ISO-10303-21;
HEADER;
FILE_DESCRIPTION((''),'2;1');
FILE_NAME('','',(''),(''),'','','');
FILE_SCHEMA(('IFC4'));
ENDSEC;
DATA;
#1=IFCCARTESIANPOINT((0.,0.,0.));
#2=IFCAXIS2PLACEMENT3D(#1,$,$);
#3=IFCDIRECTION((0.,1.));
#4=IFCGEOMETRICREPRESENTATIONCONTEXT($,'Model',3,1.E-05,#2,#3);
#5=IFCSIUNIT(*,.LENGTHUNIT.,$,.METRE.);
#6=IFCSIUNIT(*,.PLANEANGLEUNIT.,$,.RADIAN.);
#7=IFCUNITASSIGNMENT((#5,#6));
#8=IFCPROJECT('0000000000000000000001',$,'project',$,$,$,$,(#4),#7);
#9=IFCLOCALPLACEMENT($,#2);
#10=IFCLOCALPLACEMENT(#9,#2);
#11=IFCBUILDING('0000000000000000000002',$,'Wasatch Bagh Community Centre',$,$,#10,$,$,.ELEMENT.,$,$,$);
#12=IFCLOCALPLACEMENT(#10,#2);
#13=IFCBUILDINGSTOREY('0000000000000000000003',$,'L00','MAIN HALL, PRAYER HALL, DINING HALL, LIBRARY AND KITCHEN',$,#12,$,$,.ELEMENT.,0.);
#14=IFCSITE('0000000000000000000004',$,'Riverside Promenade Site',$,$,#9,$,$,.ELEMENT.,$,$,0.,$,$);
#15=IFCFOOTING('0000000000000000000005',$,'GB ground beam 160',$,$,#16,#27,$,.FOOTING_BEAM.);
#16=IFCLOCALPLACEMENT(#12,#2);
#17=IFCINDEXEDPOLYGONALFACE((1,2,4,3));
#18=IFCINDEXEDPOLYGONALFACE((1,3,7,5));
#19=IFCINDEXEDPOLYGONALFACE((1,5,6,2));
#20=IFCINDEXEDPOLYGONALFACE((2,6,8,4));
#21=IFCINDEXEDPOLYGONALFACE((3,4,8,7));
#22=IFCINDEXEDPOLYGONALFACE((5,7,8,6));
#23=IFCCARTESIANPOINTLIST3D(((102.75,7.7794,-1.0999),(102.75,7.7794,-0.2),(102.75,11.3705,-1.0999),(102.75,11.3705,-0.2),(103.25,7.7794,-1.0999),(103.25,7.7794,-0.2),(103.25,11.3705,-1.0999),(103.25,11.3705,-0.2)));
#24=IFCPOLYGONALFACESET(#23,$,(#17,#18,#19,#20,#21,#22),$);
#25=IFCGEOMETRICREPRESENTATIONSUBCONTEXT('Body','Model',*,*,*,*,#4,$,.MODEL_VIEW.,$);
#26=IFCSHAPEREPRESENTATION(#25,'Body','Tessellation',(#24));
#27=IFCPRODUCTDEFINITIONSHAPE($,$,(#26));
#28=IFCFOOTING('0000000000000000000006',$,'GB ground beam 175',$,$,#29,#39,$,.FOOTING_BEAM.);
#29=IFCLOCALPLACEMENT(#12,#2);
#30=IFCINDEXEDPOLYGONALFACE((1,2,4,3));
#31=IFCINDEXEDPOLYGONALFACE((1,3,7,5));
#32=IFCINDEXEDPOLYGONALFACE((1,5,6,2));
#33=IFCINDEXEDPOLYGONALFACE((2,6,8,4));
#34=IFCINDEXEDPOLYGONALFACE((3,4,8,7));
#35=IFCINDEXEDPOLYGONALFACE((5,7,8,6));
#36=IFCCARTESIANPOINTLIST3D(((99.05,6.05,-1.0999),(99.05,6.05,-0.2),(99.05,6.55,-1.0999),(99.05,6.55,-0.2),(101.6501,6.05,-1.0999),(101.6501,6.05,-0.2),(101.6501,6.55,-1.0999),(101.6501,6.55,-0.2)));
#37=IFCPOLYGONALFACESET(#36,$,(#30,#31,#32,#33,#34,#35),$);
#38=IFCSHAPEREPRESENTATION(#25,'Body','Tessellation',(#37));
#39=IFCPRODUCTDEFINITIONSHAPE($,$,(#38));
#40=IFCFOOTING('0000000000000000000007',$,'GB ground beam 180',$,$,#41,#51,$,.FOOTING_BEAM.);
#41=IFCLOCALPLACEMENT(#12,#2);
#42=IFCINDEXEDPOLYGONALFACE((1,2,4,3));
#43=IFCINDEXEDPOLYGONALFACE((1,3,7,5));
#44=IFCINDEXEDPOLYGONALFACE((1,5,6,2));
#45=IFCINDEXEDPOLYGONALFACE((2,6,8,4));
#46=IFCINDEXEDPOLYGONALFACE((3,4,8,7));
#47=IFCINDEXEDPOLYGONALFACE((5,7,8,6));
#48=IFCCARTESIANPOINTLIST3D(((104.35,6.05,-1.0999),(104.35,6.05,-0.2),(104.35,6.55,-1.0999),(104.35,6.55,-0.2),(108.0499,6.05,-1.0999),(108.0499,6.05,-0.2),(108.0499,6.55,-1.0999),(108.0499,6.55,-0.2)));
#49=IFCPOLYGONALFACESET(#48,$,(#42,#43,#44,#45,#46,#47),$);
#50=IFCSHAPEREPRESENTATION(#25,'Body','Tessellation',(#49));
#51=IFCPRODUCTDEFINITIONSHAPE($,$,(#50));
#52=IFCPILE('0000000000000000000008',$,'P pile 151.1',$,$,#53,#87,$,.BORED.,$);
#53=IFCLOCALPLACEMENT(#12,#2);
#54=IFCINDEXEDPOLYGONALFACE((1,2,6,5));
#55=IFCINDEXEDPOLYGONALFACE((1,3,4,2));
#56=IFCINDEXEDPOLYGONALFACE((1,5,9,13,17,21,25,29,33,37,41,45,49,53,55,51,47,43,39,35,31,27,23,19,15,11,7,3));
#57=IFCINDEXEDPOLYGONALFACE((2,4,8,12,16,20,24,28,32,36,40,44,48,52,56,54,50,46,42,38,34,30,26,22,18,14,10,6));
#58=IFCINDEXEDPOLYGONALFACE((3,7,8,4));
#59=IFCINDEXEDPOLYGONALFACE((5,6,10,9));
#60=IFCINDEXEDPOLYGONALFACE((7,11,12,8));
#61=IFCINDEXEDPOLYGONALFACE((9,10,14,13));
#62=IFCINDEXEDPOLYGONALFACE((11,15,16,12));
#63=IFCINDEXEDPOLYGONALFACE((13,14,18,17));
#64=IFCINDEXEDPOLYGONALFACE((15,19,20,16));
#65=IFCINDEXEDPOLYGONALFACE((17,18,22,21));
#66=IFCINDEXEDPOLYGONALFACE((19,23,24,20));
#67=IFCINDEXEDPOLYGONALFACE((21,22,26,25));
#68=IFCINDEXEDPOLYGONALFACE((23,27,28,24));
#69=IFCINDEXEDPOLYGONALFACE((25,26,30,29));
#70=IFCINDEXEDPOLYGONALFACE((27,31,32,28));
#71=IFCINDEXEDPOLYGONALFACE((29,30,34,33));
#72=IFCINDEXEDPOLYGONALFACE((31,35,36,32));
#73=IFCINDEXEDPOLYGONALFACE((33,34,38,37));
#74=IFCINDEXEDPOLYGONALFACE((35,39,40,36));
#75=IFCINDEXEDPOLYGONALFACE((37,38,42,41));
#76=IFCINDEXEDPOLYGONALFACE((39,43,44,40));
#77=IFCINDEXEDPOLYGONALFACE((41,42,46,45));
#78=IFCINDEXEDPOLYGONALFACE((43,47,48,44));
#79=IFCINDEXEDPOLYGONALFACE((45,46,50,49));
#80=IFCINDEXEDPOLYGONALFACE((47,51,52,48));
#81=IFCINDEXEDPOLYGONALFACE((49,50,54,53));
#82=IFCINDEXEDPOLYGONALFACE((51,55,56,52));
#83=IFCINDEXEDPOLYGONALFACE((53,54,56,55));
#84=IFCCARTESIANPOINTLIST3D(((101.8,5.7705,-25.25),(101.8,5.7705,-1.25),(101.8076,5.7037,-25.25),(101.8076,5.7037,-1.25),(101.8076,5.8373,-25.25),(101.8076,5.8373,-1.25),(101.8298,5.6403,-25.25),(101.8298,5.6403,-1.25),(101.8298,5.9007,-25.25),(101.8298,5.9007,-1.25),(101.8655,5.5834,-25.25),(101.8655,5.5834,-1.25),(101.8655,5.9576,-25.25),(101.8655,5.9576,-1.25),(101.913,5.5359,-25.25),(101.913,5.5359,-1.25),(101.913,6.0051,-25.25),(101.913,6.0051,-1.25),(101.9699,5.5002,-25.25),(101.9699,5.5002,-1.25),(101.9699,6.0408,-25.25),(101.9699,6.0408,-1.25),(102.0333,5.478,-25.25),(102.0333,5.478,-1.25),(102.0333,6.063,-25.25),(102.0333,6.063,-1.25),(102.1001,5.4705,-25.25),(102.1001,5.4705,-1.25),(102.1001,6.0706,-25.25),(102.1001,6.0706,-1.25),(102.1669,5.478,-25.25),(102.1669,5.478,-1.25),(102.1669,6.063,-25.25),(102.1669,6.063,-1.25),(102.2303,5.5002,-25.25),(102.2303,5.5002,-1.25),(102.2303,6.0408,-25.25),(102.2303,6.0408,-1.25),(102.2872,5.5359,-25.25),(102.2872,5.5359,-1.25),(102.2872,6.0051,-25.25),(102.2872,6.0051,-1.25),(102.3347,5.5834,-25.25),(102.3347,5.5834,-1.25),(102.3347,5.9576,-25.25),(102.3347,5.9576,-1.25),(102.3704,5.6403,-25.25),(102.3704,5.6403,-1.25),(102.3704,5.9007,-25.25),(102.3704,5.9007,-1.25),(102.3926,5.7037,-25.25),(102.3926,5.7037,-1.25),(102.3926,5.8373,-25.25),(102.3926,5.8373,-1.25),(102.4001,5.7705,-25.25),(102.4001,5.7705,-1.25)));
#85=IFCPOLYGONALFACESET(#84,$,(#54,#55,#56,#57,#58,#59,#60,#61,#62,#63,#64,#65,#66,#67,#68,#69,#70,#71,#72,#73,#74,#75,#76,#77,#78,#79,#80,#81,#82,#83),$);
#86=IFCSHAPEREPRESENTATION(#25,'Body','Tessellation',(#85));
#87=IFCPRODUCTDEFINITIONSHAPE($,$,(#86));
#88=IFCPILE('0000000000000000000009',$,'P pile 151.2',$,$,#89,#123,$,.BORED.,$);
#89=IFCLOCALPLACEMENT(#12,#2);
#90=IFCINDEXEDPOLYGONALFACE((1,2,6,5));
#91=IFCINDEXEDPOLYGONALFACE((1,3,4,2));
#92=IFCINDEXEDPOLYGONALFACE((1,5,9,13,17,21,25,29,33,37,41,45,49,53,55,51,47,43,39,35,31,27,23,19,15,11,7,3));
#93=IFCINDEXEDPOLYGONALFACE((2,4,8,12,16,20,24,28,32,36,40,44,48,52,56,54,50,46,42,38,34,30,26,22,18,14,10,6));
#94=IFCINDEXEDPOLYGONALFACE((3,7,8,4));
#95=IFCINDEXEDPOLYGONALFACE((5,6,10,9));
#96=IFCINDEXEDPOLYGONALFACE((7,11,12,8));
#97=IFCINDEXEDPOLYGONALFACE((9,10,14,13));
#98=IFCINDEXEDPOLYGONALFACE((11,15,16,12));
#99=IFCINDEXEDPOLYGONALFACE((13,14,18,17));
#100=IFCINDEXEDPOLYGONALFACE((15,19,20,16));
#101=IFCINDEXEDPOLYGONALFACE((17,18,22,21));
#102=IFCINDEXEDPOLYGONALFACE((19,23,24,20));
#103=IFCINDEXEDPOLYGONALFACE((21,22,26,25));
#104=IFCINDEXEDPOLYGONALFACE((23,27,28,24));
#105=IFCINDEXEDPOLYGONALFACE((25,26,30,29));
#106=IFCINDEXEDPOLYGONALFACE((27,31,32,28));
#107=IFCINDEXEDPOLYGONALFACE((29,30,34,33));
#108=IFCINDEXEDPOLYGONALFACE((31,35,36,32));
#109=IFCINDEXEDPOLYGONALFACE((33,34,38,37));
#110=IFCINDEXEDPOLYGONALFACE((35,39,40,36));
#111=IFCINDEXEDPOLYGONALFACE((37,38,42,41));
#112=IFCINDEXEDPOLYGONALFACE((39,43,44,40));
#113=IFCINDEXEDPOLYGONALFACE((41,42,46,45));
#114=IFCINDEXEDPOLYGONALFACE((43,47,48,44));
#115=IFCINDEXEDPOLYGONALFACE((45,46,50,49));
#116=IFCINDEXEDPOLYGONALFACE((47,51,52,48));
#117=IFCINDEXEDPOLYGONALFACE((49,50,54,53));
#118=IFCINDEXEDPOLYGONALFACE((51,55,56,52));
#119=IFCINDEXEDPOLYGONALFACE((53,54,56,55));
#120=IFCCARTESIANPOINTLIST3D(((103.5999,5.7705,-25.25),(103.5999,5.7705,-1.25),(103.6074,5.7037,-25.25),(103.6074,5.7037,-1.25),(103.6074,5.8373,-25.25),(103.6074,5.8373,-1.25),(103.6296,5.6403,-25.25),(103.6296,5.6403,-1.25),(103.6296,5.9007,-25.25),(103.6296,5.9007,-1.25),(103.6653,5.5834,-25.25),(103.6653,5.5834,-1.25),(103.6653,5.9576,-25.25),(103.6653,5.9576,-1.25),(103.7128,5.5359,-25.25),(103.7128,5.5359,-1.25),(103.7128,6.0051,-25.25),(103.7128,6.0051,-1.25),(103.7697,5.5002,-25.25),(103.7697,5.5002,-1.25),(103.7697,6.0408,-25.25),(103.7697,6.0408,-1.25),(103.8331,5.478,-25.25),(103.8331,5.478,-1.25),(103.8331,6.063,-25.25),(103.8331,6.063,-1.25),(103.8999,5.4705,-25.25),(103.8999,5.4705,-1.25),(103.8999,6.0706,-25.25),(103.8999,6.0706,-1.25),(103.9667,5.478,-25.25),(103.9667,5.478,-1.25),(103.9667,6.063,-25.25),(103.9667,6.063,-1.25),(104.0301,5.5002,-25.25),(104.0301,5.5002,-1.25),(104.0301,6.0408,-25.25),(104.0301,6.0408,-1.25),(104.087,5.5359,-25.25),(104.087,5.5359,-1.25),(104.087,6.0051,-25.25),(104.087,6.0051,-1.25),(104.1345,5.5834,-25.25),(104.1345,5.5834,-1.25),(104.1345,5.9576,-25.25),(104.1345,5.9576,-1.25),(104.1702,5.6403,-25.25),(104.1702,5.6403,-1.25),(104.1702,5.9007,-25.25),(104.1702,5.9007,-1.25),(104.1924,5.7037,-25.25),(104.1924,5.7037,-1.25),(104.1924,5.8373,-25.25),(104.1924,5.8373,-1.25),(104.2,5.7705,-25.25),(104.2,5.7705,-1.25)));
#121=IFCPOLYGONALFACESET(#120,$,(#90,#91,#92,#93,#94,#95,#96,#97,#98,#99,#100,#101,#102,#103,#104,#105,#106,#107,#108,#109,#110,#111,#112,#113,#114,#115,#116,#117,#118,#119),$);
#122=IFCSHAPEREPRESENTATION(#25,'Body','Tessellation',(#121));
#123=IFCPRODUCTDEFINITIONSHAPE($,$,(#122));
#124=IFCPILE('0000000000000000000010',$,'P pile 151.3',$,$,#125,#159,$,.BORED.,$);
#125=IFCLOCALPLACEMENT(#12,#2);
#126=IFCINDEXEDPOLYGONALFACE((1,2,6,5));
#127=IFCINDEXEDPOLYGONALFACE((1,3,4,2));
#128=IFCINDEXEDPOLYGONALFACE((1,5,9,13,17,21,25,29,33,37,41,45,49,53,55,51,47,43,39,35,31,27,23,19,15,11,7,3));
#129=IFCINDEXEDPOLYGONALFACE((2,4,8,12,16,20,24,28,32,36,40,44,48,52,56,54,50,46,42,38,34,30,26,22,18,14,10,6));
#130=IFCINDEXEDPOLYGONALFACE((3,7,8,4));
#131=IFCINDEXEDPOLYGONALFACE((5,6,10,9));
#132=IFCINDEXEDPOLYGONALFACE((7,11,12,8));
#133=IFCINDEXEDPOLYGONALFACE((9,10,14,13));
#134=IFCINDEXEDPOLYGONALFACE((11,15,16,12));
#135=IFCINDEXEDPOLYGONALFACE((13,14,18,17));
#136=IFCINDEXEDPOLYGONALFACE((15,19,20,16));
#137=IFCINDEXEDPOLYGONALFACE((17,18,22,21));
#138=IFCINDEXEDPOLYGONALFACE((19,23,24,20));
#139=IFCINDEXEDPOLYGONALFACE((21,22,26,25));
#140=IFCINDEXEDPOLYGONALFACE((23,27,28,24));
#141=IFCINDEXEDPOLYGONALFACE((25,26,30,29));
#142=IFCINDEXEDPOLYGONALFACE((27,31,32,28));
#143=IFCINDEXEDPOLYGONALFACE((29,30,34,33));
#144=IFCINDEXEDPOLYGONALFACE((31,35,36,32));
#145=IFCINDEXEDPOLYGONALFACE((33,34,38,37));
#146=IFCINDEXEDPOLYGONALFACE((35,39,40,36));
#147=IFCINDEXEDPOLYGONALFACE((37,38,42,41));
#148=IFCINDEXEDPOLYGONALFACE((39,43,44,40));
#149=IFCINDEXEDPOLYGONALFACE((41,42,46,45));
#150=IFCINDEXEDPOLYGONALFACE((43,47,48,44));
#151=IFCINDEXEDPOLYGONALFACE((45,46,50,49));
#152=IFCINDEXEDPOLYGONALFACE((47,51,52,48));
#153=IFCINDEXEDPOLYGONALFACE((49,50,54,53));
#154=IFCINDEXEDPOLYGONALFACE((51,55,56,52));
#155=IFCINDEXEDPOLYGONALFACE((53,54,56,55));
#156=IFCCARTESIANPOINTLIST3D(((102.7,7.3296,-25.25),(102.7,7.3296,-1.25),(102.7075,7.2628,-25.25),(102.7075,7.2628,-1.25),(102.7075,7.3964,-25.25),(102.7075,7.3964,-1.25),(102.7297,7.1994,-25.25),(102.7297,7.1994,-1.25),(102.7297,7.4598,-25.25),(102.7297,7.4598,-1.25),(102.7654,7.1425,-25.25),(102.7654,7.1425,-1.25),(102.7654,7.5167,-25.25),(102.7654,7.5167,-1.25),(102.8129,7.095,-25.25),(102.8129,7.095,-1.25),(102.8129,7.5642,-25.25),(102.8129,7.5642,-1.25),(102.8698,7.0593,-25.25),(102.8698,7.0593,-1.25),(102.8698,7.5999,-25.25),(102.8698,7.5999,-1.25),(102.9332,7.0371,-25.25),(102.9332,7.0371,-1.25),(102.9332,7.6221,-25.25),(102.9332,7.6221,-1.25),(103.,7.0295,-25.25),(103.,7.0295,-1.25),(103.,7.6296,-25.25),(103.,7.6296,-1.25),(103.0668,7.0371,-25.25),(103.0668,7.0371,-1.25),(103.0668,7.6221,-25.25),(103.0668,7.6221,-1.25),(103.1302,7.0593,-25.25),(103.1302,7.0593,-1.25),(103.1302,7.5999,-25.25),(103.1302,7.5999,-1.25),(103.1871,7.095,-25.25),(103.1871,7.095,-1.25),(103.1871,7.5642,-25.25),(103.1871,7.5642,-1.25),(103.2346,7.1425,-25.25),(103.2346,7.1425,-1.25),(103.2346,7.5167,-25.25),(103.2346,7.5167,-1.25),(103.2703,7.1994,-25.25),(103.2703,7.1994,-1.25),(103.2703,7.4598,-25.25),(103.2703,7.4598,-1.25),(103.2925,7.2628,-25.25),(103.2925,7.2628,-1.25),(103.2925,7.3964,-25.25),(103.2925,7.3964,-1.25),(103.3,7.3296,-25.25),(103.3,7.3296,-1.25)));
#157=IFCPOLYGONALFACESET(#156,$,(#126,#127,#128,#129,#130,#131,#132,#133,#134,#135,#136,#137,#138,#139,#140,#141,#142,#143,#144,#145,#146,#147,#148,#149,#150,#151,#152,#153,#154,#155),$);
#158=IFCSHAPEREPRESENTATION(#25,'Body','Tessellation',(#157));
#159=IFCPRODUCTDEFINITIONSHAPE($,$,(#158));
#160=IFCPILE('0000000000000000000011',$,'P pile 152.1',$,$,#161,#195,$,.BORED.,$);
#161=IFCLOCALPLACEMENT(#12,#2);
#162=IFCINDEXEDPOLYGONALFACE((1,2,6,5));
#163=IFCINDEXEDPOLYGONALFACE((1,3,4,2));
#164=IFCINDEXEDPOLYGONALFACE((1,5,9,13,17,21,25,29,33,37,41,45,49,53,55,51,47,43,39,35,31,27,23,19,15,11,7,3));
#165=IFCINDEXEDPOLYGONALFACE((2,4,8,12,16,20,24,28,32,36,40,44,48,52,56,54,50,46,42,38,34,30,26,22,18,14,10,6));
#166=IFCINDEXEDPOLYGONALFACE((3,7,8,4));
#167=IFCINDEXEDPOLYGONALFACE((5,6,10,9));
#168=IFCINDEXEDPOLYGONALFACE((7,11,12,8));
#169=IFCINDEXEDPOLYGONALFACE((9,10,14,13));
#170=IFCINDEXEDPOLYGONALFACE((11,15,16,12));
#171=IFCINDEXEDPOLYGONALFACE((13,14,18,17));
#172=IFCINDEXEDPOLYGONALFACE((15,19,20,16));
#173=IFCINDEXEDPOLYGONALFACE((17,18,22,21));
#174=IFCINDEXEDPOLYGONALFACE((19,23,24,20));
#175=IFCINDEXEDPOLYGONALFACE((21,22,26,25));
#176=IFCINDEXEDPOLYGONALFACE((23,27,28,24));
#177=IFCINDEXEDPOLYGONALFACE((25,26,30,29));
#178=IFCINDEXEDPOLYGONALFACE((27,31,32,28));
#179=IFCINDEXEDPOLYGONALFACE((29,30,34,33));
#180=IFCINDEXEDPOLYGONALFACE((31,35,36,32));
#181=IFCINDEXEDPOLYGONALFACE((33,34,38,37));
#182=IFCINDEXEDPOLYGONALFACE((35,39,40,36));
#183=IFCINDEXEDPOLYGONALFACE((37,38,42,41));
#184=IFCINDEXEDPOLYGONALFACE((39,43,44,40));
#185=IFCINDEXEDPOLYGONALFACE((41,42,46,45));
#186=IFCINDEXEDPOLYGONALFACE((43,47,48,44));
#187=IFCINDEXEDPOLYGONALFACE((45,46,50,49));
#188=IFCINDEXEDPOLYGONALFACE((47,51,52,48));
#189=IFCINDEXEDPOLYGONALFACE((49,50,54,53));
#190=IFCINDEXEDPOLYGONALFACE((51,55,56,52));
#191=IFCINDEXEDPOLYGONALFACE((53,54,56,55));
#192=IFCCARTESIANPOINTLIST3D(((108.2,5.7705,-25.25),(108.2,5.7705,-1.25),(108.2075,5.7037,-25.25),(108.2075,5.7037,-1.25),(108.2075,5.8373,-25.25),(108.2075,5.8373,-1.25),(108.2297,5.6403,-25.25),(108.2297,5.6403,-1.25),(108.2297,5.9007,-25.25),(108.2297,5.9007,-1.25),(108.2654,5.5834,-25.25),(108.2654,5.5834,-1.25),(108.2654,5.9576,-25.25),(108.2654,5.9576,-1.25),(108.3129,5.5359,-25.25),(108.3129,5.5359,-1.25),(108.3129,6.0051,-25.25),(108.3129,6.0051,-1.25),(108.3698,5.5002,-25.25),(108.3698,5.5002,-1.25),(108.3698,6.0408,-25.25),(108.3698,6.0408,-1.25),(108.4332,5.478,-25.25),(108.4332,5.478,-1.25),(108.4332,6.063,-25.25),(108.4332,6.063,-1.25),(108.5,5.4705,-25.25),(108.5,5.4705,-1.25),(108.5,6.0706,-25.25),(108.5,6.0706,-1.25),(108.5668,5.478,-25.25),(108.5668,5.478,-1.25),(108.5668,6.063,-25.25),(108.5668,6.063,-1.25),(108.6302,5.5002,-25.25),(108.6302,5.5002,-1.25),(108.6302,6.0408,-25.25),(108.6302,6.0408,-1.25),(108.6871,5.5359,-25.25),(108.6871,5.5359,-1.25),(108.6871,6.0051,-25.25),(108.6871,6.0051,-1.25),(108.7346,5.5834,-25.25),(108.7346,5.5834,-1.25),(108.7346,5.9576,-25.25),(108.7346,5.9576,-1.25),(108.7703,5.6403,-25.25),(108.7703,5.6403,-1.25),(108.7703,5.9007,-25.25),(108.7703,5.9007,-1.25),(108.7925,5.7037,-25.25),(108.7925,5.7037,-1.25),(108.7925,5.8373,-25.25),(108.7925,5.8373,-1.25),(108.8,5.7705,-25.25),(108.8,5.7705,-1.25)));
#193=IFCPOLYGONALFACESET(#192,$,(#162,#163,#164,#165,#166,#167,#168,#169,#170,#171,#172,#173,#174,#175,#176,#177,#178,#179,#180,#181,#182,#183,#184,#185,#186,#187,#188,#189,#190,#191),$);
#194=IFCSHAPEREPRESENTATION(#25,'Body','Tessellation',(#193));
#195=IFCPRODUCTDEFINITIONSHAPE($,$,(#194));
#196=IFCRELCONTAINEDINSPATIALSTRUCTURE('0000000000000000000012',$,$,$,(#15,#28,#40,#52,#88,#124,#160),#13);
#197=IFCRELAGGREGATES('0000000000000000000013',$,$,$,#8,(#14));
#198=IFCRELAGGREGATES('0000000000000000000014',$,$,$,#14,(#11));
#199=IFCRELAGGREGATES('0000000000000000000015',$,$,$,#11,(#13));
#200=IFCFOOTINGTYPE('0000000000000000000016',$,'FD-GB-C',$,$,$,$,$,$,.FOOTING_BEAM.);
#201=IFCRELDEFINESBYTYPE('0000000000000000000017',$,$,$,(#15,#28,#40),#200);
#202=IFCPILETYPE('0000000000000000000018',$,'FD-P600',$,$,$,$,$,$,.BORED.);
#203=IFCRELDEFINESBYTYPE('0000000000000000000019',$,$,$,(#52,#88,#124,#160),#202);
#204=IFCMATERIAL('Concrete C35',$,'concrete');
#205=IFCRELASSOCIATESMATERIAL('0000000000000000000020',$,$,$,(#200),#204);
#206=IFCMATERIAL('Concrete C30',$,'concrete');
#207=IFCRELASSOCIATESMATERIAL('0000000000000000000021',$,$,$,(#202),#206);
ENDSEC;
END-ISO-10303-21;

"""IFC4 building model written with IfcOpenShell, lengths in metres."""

from ifc_helpers import new_model, si_unit, direction, frame, origin, origin_2d, place, context, subcontext, project, spatial, rectangle, circle, extrude, material, material_profile, profile_set, type_object, element, save


model = new_model("IFC4")

# Units and contexts
model_context = context("Model", 3, precision=1e-05, world=origin(), true_north=direction((0.0, 1.0)))
body_context = subcontext(model_context, "Body", "Model", "MODEL_VIEW")
ifc_project = project(units=[si_unit("LENGTHUNIT", "METRE"), si_unit("PLANEANGLEUNIT", "RADIAN")], contexts=[model_context])

# Site, building, storey
site_placement = place(None, origin())
site = spatial("IfcSite", under=ifc_project, at=site_placement, Name="Riverside Promenade Site", CompositionType="ELEMENT", RefElevation=0.0)
building_placement = place(site_placement, origin())
building = spatial("IfcBuilding", under=site, at=building_placement, Name="Wasatch Bagh Community Centre", CompositionType="ELEMENT")
storey_placement = place(building_placement, origin())
storey = spatial("IfcBuildingStorey", under=building, at=storey_placement, Name="L00", Description="MAIN HALL, PRAYER HALL, DINING HALL, LIBRARY AND KITCHEN", CompositionType="ELEMENT", Elevation=0.0)

# Footings
ifc_material_1 = material(Name="Concrete C35", Category="concrete")
footing_type_1 = type_object("IfcFootingType", Name="FD-GB-C", PredefinedType="FOOTING_BEAM", material=ifc_material_1)
footing_1_placement = place(storey_placement, frame((103.0, 9.575, -1.0999), z_axis=(0.0, 0.0, 1.0), x_axis=(0.0, -1.0, 0.0)))
element("IfcFooting", 1, at=footing_1_placement, inside=storey, type_object=footing_type_1, Name="GB ground beam 160", PredefinedType="FOOTING_BEAM", context=body_context, shape_type="SweptSolid", body=[
    extrude(rectangle(XDim=3.5911, YDim=0.5, at=origin_2d()), origin(), (0.0, 0.0, 1.0), 0.8999),
])
footing_2_placement = place(storey_placement, frame((100.3501, 6.3, -1.0999), z_axis=(0.0, 0.0, 1.0), x_axis=(1.0, 0.0, 0.0)))
element("IfcFooting", 2, at=footing_2_placement, inside=storey, type_object=footing_type_1, Name="GB ground beam 175", PredefinedType="FOOTING_BEAM", context=body_context, shape_type="SweptSolid", body=[
    extrude(rectangle(XDim=2.6001, YDim=0.5, at=origin_2d()), origin(), (0.0, 0.0, 1.0), 0.8999),
])
footing_3_placement = place(storey_placement, frame((106.2, 6.3, -1.0999), z_axis=(0.0, 0.0, 1.0), x_axis=(1.0, 0.0, 0.0)))
element("IfcFooting", 3, at=footing_3_placement, inside=storey, type_object=footing_type_1, Name="GB ground beam 180", PredefinedType="FOOTING_BEAM", context=body_context, shape_type="SweptSolid", body=[
    extrude(rectangle(XDim=3.7, YDim=0.5, at=origin_2d()), origin(), (0.0, 0.0, 1.0), 0.8999),
])

# Piles
ifc_material_2 = material(Name="Concrete C30", Category="concrete")
ifc_material_profile_1 = material_profile(ifc_material_2, circle(Radius=0.3, at=origin_2d()), Name="RC D600")
ifc_profile_set_1 = profile_set([ifc_material_profile_1], Name="Concrete C30")
pile_type = type_object("IfcPileType", Name="FD-P600", PredefinedType="BORED", material=ifc_profile_set_1)
for number, where, z_axis, x_axis, name in (
    (4, (102.1001, 5.7705, -1.25), (0.0, 0.0, -1.0), (1.0, 0.0, 0.0), "P pile 151.1"),
    (5, (103.8999, 5.7705, -1.25), (0.0, 0.0, -1.0), (1.0, 0.0, 0.0), "P pile 151.2"),
    (6, (103.0, 7.3296, -1.25), (0.0, 0.0, -1.0), (1.0, 0.0, 0.0), "P pile 151.3"),
    (7, (108.5, 5.7705, -1.25), (0.0, 0.0, -1.0), (1.0, 0.0, 0.0), "P pile 152.1"),
):
    element("IfcPile", number, at=place(storey_placement, frame(where, z_axis=z_axis, x_axis=x_axis)), inside=storey, type_object=pile_type, Name=name, PredefinedType="BORED", context=body_context, shape_type="SweptSolid", body=[
        extrude(circle(Radius=0.3, at=origin_2d()), origin(), (0.0, 0.0, 1.0), 24.0),
    ])

save(model, "model.ifc")
